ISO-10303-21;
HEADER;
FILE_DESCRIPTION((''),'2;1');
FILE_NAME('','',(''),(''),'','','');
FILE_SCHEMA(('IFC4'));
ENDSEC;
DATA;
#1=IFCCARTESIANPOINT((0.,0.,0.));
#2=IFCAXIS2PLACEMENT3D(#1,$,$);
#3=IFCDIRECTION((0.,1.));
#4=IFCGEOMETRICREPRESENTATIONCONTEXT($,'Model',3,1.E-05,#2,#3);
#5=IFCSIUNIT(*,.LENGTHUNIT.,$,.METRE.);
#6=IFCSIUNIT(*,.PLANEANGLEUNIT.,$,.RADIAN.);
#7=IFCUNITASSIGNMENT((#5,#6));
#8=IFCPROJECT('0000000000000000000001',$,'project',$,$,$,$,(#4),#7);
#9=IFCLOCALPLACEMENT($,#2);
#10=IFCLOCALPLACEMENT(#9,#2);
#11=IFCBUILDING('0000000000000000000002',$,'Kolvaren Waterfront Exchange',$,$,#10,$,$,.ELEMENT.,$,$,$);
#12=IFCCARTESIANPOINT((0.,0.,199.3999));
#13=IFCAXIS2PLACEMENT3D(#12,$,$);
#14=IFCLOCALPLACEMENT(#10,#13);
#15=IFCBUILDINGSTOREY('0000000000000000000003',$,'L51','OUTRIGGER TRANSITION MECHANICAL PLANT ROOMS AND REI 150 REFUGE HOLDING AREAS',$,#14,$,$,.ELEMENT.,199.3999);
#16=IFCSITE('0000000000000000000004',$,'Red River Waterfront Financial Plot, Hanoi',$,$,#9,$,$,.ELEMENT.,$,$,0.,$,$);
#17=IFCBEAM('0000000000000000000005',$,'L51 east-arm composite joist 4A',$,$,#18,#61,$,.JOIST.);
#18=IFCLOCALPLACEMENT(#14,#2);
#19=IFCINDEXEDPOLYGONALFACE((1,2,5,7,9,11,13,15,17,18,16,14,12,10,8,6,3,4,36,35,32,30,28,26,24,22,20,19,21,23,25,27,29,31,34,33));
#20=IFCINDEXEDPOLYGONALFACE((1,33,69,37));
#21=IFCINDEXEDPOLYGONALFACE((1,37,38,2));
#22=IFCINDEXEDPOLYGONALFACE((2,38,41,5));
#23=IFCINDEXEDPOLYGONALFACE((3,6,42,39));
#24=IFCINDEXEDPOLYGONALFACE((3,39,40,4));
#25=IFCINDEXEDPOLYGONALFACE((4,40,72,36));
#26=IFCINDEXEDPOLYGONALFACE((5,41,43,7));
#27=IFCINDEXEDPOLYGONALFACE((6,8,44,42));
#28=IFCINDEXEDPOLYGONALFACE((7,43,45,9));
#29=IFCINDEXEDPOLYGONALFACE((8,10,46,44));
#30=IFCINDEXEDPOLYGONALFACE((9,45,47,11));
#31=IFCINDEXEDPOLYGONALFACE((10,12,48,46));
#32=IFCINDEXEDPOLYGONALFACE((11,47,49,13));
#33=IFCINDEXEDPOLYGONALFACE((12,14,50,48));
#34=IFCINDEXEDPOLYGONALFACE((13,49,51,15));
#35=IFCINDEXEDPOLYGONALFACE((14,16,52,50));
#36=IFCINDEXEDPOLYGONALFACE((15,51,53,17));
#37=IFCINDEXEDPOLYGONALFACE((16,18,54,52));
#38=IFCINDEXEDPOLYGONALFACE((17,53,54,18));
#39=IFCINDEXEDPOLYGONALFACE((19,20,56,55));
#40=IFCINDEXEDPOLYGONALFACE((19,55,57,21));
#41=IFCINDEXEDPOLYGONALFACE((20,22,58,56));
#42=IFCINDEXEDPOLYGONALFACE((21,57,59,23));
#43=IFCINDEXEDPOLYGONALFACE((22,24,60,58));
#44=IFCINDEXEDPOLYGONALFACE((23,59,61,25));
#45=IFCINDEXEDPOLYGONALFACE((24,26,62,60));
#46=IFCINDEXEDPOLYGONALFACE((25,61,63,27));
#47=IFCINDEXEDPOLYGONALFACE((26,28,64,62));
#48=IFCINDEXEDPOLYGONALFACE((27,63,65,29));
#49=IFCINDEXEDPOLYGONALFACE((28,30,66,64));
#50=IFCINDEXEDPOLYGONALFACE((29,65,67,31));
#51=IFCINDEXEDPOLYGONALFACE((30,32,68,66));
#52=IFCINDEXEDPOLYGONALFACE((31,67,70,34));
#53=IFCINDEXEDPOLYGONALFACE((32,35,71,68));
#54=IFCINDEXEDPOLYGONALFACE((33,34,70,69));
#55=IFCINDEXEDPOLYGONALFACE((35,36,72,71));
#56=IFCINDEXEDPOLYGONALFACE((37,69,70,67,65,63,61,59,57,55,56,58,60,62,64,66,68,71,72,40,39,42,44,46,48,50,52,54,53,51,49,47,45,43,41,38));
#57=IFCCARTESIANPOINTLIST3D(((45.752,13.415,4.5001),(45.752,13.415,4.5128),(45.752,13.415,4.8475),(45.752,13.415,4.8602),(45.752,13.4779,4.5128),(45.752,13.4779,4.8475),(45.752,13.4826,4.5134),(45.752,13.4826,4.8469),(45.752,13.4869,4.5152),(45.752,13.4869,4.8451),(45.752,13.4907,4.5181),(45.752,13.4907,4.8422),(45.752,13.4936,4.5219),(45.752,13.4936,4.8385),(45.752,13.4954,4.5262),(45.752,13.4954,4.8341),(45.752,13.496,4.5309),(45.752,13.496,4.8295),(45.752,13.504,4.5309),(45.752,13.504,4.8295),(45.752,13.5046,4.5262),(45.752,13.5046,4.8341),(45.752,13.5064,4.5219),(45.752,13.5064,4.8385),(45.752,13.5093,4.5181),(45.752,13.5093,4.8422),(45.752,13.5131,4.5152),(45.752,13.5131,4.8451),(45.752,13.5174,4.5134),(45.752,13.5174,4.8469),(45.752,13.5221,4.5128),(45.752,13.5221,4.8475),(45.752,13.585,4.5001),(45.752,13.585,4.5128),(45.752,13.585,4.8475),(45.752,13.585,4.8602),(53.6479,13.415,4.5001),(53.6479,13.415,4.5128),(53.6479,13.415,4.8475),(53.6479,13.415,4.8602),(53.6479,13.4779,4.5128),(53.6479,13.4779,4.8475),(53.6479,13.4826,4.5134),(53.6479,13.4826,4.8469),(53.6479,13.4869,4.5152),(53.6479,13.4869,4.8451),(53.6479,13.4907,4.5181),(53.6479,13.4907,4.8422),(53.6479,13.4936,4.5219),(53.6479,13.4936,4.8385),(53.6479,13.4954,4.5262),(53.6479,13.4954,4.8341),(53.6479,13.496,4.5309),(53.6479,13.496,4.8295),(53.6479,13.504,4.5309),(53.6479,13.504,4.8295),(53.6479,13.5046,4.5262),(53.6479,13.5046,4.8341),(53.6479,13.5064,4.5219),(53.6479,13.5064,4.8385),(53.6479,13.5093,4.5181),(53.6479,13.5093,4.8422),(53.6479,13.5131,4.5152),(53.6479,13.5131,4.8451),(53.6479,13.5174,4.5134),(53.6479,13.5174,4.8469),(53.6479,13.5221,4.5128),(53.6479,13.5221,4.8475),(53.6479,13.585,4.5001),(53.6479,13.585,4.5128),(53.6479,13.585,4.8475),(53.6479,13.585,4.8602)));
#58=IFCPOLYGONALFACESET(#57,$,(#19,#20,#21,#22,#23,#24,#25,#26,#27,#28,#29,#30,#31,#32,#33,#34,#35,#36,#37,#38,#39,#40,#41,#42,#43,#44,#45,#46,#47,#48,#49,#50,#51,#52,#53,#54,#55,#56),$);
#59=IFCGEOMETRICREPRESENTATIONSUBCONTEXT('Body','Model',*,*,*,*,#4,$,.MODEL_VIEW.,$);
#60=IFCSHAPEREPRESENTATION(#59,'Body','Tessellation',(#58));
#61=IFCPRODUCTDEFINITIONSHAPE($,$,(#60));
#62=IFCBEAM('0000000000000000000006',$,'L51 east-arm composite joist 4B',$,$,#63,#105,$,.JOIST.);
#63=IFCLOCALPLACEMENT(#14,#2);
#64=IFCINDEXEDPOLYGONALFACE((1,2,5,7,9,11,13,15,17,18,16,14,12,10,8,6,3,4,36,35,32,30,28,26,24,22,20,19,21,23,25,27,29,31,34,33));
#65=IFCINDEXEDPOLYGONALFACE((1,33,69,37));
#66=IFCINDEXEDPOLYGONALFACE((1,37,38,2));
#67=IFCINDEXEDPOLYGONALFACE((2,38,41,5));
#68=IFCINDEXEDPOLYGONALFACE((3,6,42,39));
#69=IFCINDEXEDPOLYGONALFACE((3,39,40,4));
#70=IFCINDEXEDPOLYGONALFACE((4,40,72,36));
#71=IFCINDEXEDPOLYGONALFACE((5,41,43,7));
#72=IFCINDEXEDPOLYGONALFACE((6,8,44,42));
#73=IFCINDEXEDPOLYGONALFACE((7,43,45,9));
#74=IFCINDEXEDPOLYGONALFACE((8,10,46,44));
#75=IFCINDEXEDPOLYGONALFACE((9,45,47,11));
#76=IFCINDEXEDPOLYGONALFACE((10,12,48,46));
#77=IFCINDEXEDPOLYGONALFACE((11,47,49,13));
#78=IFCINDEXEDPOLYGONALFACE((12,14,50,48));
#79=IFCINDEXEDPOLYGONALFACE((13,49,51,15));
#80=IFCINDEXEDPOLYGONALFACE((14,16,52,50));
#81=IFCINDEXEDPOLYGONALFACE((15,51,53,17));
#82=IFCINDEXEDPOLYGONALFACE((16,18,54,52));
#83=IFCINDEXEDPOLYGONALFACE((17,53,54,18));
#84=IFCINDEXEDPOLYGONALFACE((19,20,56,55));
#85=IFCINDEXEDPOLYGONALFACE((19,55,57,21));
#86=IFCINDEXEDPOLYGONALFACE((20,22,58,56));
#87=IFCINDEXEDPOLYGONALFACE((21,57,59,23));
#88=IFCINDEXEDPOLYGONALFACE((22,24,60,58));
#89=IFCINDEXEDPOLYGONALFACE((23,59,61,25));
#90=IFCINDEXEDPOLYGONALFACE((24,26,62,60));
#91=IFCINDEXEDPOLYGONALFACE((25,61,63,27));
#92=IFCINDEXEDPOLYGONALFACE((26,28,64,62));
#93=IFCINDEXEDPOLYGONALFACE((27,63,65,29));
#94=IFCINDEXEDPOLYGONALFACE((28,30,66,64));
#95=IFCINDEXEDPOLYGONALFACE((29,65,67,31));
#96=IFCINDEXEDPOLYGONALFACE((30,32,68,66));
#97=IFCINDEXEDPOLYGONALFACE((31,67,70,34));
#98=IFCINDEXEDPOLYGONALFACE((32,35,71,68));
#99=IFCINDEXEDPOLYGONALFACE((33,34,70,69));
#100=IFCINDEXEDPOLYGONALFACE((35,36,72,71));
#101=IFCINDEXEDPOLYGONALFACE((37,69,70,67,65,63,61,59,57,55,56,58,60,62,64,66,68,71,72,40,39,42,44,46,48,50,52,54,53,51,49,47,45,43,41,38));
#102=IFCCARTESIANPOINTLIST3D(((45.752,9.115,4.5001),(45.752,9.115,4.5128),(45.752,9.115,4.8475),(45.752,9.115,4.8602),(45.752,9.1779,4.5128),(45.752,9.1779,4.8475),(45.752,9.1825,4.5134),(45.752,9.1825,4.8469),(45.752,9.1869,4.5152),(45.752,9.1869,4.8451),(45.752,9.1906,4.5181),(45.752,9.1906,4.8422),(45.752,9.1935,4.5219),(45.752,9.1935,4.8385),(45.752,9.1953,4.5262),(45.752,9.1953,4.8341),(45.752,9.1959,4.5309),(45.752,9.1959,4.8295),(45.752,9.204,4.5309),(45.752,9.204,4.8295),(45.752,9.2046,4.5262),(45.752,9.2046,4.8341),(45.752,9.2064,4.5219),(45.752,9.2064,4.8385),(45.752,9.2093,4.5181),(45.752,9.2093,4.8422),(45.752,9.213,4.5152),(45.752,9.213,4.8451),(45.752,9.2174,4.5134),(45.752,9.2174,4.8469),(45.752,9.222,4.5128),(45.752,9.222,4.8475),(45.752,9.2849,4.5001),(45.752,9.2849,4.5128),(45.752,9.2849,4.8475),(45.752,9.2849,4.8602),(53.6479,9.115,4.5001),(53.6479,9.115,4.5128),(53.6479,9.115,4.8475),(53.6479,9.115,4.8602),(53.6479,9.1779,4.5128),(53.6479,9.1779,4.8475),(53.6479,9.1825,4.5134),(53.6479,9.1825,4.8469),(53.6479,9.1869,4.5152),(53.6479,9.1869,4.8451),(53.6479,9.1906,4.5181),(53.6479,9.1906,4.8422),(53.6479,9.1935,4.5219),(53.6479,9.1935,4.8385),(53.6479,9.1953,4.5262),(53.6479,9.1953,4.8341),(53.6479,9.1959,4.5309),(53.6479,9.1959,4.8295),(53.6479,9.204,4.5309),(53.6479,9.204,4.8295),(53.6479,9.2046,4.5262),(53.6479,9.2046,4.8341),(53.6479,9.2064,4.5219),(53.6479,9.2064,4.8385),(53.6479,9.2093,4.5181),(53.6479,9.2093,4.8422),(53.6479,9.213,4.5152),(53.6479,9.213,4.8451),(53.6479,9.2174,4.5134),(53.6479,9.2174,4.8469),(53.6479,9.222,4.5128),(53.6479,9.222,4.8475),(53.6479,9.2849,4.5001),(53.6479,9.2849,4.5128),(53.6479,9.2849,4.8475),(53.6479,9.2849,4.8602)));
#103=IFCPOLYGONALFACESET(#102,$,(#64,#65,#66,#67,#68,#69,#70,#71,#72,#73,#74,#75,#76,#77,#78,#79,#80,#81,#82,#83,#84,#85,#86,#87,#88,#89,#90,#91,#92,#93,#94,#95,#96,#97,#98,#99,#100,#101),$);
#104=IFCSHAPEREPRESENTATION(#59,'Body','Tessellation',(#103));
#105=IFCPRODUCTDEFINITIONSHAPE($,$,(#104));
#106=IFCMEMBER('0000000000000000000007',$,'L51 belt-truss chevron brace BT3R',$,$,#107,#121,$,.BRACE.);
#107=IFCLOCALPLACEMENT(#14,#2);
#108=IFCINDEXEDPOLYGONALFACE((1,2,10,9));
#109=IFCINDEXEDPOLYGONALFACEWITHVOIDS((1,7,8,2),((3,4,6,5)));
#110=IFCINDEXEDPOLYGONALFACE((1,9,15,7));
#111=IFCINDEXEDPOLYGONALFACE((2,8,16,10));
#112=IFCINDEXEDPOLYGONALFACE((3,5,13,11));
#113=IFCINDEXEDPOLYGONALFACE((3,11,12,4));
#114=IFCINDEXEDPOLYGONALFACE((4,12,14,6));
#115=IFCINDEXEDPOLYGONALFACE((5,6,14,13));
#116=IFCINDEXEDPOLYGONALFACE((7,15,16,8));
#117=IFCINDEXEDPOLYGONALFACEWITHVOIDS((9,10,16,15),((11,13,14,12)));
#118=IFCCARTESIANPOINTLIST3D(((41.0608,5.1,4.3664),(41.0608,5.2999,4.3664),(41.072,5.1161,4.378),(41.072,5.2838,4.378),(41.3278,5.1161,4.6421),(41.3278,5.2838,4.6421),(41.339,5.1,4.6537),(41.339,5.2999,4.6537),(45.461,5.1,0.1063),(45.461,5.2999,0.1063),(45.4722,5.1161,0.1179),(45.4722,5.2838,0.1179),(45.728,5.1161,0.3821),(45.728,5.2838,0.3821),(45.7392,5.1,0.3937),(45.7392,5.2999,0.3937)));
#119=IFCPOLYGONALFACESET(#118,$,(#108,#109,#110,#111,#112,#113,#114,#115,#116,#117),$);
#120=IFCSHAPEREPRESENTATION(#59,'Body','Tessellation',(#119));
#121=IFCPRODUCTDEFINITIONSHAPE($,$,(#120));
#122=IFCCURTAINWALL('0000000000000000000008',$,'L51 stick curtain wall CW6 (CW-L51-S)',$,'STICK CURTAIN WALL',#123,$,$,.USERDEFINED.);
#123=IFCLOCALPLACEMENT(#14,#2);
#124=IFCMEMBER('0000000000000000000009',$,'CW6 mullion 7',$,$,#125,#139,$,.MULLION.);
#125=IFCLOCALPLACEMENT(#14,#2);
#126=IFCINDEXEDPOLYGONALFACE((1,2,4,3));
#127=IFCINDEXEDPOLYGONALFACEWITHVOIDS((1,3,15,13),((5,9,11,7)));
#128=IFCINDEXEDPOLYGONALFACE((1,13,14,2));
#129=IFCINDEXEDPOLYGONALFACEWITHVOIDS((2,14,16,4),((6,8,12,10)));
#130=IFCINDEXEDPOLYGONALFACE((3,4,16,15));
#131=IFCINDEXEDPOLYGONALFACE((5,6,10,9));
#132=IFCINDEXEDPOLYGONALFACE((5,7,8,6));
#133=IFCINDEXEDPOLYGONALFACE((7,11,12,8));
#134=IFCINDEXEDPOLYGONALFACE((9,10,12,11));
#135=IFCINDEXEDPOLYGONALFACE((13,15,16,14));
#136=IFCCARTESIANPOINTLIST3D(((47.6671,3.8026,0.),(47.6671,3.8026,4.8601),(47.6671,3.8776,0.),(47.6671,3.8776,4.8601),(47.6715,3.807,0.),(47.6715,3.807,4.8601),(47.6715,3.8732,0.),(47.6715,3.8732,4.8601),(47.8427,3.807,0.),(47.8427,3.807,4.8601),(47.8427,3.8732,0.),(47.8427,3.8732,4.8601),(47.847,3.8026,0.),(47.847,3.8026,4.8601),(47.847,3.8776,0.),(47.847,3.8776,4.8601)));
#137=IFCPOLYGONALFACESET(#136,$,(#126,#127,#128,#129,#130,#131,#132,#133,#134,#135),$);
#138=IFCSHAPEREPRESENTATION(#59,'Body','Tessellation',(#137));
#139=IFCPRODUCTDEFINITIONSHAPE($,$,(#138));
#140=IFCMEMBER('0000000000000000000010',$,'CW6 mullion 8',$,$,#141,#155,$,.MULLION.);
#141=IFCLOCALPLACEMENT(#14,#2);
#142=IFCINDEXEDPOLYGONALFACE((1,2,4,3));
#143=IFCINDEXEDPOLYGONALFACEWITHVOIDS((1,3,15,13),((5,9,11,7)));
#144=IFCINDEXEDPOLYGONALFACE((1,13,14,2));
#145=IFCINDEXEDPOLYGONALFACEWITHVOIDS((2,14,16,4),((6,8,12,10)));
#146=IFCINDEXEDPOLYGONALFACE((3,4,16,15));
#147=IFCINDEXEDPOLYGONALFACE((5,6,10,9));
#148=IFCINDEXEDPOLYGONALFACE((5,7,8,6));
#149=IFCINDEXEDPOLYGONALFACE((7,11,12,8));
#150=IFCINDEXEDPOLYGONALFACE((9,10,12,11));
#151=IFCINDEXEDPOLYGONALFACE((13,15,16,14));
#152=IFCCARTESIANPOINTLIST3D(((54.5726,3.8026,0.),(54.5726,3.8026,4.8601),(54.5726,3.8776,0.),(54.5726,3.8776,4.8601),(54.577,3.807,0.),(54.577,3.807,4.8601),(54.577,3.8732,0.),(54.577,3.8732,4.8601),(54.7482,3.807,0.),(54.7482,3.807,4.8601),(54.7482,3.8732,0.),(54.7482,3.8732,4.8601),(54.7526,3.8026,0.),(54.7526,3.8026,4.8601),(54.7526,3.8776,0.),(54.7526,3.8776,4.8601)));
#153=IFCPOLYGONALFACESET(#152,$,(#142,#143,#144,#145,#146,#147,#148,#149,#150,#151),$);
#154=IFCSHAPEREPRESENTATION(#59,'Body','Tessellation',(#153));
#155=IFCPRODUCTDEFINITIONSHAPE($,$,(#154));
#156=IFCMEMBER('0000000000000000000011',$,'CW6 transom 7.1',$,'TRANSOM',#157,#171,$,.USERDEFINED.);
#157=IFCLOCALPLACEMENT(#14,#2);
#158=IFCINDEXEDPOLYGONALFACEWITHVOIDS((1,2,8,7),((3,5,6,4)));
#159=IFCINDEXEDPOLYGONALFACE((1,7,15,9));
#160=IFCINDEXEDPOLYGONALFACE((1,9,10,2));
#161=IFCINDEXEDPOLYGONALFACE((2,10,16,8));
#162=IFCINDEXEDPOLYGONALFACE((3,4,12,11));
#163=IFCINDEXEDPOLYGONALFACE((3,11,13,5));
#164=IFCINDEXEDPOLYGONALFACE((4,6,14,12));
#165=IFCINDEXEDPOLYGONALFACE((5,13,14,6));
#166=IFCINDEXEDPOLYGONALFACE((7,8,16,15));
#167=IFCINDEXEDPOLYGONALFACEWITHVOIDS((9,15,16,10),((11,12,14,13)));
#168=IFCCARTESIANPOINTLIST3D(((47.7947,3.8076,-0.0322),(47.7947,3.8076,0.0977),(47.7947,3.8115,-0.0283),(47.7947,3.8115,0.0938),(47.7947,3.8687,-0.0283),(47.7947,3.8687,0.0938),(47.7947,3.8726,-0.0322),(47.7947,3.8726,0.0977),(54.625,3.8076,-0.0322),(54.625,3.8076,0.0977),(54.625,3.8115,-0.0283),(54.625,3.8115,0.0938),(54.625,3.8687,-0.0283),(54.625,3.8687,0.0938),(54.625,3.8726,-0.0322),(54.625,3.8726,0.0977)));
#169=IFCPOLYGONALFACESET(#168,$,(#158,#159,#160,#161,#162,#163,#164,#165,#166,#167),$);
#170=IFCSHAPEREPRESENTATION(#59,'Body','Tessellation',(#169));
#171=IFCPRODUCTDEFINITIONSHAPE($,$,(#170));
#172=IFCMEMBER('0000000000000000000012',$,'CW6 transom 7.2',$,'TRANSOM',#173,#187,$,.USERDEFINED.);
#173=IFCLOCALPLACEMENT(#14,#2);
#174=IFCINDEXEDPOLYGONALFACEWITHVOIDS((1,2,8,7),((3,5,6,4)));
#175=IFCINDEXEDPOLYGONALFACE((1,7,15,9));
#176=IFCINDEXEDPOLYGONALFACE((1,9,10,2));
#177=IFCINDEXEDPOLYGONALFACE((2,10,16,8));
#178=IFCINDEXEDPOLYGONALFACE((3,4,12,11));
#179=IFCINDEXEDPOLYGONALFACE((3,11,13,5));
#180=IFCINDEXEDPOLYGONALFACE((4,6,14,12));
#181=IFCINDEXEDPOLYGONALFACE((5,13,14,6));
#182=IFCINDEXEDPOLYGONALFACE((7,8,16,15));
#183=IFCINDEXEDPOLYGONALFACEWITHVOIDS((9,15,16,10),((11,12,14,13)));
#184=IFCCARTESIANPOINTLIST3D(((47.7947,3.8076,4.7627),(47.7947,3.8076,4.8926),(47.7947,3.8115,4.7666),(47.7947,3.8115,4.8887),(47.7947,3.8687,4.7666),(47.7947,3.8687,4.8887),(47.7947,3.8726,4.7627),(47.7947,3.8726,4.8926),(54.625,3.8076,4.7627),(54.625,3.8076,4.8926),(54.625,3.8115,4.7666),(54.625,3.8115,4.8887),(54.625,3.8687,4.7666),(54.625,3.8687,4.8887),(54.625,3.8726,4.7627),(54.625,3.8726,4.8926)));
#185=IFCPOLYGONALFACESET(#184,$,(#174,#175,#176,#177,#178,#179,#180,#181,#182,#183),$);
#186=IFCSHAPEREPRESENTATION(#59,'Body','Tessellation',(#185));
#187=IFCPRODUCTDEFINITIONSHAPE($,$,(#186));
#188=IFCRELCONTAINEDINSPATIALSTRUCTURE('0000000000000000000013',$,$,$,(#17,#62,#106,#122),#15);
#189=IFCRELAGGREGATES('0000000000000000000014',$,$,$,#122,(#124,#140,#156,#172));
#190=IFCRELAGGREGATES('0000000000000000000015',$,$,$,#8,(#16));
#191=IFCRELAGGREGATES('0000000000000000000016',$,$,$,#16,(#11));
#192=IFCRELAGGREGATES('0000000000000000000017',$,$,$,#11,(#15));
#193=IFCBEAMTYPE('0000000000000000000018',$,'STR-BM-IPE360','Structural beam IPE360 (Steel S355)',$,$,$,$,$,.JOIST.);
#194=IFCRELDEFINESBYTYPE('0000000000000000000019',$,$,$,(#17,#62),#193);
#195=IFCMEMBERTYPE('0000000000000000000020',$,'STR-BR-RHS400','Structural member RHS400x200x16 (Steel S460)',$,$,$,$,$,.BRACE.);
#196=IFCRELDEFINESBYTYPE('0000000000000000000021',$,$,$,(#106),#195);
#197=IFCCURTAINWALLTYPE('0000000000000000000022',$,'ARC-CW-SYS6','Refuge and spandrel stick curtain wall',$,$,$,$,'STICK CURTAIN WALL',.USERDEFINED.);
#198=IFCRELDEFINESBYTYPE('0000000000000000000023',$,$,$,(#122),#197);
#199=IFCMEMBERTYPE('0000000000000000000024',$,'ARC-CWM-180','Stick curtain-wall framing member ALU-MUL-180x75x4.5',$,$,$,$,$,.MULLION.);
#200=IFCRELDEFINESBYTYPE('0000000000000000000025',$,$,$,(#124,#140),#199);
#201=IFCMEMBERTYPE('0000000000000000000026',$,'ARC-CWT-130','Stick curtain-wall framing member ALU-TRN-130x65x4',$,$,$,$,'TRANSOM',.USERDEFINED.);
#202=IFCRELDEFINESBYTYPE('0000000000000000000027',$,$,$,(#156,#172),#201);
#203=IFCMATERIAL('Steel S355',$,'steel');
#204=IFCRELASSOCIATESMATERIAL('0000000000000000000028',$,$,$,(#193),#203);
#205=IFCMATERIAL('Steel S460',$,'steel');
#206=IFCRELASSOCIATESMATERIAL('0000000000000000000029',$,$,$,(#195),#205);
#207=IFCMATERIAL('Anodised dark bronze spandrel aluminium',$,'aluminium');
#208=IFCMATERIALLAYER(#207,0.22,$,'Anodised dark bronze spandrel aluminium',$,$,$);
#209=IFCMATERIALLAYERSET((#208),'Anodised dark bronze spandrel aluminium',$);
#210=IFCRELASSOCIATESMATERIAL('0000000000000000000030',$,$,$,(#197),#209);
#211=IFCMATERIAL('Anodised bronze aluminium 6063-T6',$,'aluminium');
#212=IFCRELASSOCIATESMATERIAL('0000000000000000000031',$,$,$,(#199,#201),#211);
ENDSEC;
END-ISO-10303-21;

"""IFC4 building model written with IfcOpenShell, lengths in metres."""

from ifc_helpers import new_model, si_unit, direction, frame, origin, origin_with_axes, origin_2d, place, context, subcontext, project, spatial, hollow_rectangle, i_section, extrude, source, transform, mapped, material, layer, layer_set, material_profile, profile_set, type_object, element, aggregate, save


model = new_model("IFC4")

# Units and contexts
model_context = context("Model", 3, precision=1e-05, world=origin(), true_north=direction((0.0, 1.0)))
body_context = subcontext(model_context, "Body", "Model", "MODEL_VIEW")
ifc_project = project(units=[si_unit("LENGTHUNIT", "METRE"), si_unit("PLANEANGLEUNIT", "RADIAN")], contexts=[model_context])

# Site, building, storey
site_placement = place(None, origin())
site = spatial("IfcSite", under=ifc_project, at=site_placement, Name="Red River Waterfront Financial Plot, Hanoi", CompositionType="ELEMENT", RefElevation=0.0)
building_placement = place(site_placement, origin())
building = spatial("IfcBuilding", under=site, at=building_placement, Name="Kolvaren Waterfront Exchange", CompositionType="ELEMENT")
storey_placement = place(building_placement, frame((0.0, 0.0, 199.3999)))
storey = spatial("IfcBuildingStorey", under=building, at=storey_placement, Name="L51", Description="OUTRIGGER TRANSITION MECHANICAL PLANT ROOMS AND REI 150 REFUGE HOLDING AREAS", CompositionType="ELEMENT", Elevation=199.3999)

# Beams
ifc_material_1 = material(Name="Steel S355", Category="steel")
ifc_material_profile_1 = material_profile(ifc_material_1, i_section(OverallWidth=0.1699, OverallDepth=0.3601, WebThickness=0.0081, FlangeThickness=0.0127, FilletRadius=0.0181, at=origin_2d()), Name="IPE360")
ifc_profile_set_1 = profile_set([ifc_material_profile_1], Name="Steel S355")
beam_type_1 = type_object("IfcBeamType", Name="STR-BM-IPE360", Description="Structural beam IPE360 (Steel S355)", PredefinedType="JOIST", material=ifc_profile_set_1)
for number, where, z_axis, x_axis, name in (
    (1, (45.752, 13.5, 4.6802), (1.0, 0.0, 0.0), (0.0, 1.0, 0.0), "L51 east-arm composite joist 4A"),
    (2, (45.752, 9.2, 4.6802), (1.0, 0.0, 0.0), (0.0, 1.0, 0.0), "L51 east-arm composite joist 4B"),
):
    element("IfcBeam", number, at=place(storey_placement, frame(where, z_axis=z_axis, x_axis=x_axis)), inside=storey, type_object=beam_type_1, Name=name, PredefinedType="JOIST", context=body_context, shape_type="SweptSolid", body=[
        extrude(i_section(OverallWidth=0.1699, OverallDepth=0.3601, WebThickness=0.0081, FlangeThickness=0.0127, FilletRadius=0.0181, at=origin_2d()), origin(), (0.0, 0.0, 1.0), 7.896),
    ])

# Member
ifc_material_2 = material(Name="Steel S460", Category="steel")
ifc_material_profile_2 = material_profile(ifc_material_2, hollow_rectangle(XDim=0.2, YDim=0.3999, WallThickness=0.0161, at=origin_2d()), Name="RHS400x200x16")
ifc_profile_set_2 = profile_set([ifc_material_profile_2], Name="Steel S460")
member_type_1 = type_object("IfcMemberType", Name="STR-BR-RHS400", Description="Structural member RHS400x200x16 (Steel S460)", PredefinedType="BRACE", material=ifc_profile_set_2)
member_1_placement = place(storey_placement, frame((45.6001, 5.2, 0.25), z_axis=(-0.718455, 0.0, 0.695573), x_axis=(0.0, -1.0, 0.0)))
element("IfcMember", 3, at=member_1_placement, inside=storey, type_object=member_type_1, Name="L51 belt-truss chevron brace BT3R", PredefinedType="BRACE", context=body_context, shape_type="SweptSolid", body=[
    extrude(hollow_rectangle(XDim=0.2, YDim=0.3999, WallThickness=0.0161, at=origin_2d()), origin(), (0.0, 0.0, 1.0), 6.1245),
])

# Curtain wall, members
ifc_material_3 = material(Name="Anodised dark bronze spandrel aluminium", Category="aluminium")
ifc_layer_1 = layer(ifc_material_3, 0.22, Name="Anodised dark bronze spandrel aluminium")
ifc_layer_set_1 = layer_set([ifc_layer_1], Name="Anodised dark bronze spandrel aluminium")
curtain_wall_type = type_object("IfcCurtainWallType", Name="ARC-CW-SYS6", Description="Refuge and spandrel stick curtain wall", ElementType="STICK CURTAIN WALL", PredefinedType="USERDEFINED", material=ifc_layer_set_1)
curtain_wall_placement = place(storey_placement, origin())
curtain_wall = element("IfcCurtainWall", 4, at=curtain_wall_placement, inside=storey, type_object=curtain_wall_type, Name="L51 stick curtain wall CW6 (CW-L51-S)", ObjectType="STICK CURTAIN WALL", PredefinedType="USERDEFINED")
ifc_material_4 = material(Name="Anodised bronze aluminium 6063-T6", Category="aluminium")
ifc_material_profile_3 = material_profile(ifc_material_4, hollow_rectangle(XDim=0.075, YDim=0.1799, WallThickness=0.0044, at=origin_2d()), Name="ALU-MUL-180x75x4.5")
ifc_profile_set_3 = profile_set([ifc_material_profile_3], Name="Anodised bronze aluminium 6063-T6")
member_type_2 = type_object("IfcMemberType", Name="ARC-CWM-180", Description="Stick curtain-wall framing member ALU-MUL-180x75x4.5", PredefinedType="MULLION", material=ifc_profile_set_3)
shared_shape_1 = source(origin_with_axes(), body_context, "Body", "SweptSolid", [
    extrude(hollow_rectangle(XDim=0.075, YDim=0.1799, WallThickness=0.0044, at=origin_2d()), origin(), (0.0, 0.0, 1.0), 4.8601),
])
member_2_placement = place(storey_placement, frame((47.7571, 3.8401, 0.0), z_axis=(0.0, 0.0, 1.0), x_axis=(0.0, 1.0, 0.0)))
member_2 = element("IfcMember", 5, at=member_2_placement, type_object=member_type_2, Name="CW6 mullion 7", PredefinedType="MULLION", context=body_context, shape_type="MappedRepresentation", body=[
    mapped(shared_shape_1, transform((0.0, 0.0, 0.0), x_axis=(1.0, 0.0, 0.0), y_axis=(0.0, 1.0, 0.0), z_axis=(0.0, 0.0, 1.0), scale=1.0)),
])
member_3_placement = place(storey_placement, frame((54.6626, 3.8401, 0.0), z_axis=(0.0, 0.0, 1.0), x_axis=(0.0, 1.0, 0.0)))
member_3 = element("IfcMember", 6, at=member_3_placement, type_object=member_type_2, Name="CW6 mullion 8", PredefinedType="MULLION", context=body_context, shape_type="MappedRepresentation", body=[
    mapped(shared_shape_1, transform((0.0, 0.0, 0.0), x_axis=(1.0, 0.0, 0.0), y_axis=(0.0, 1.0, 0.0), z_axis=(0.0, 0.0, 1.0), scale=1.0)),
])
ifc_material_profile_4 = material_profile(ifc_material_4, hollow_rectangle(XDim=0.0649, YDim=0.1299, WallThickness=0.0039, at=origin_2d()), Name="ALU-TRN-130x65x4")
ifc_profile_set_4 = profile_set([ifc_material_profile_4], Name="Anodised bronze aluminium 6063-T6")
member_type_3 = type_object("IfcMemberType", Name="ARC-CWT-130", Description="Stick curtain-wall framing member ALU-TRN-130x65x4", ElementType="TRANSOM", PredefinedType="USERDEFINED", material=ifc_profile_set_4)
shared_shape_2 = source(origin_with_axes(), body_context, "Body", "SweptSolid", [
    extrude(hollow_rectangle(XDim=0.0649, YDim=0.1299, WallThickness=0.0039, at=origin_2d()), origin(), (0.0, 0.0, 1.0), 6.8303),
])
member_4_placement = place(storey_placement, frame((47.7947, 3.8401, 0.0327), z_axis=(1.0, 0.0, 0.0), x_axis=(0.0, 1.0, 0.0)))
member_4 = element("IfcMember", 7, at=member_4_placement, type_object=member_type_3, Name="CW6 transom 7.1", ObjectType="TRANSOM", PredefinedType="USERDEFINED", context=body_context, shape_type="MappedRepresentation", body=[
    mapped(shared_shape_2, transform((0.0, 0.0, 0.0), x_axis=(1.0, 0.0, 0.0), y_axis=(0.0, 1.0, 0.0), z_axis=(0.0, 0.0, 1.0), scale=1.0)),
])
member_5_placement = place(storey_placement, frame((47.7947, 3.8401, 4.8276), z_axis=(1.0, 0.0, 0.0), x_axis=(0.0, 1.0, 0.0)))
member_5 = element("IfcMember", 8, at=member_5_placement, type_object=member_type_3, Name="CW6 transom 7.2", ObjectType="TRANSOM", PredefinedType="USERDEFINED", context=body_context, shape_type="MappedRepresentation", body=[
    mapped(shared_shape_2, transform((0.0, 0.0, 0.0), x_axis=(1.0, 0.0, 0.0), y_axis=(0.0, 1.0, 0.0), z_axis=(0.0, 0.0, 1.0), scale=1.0)),
])

aggregate(curtain_wall, [member_2, member_3, member_4, member_5])

save(model, "model.ifc")
